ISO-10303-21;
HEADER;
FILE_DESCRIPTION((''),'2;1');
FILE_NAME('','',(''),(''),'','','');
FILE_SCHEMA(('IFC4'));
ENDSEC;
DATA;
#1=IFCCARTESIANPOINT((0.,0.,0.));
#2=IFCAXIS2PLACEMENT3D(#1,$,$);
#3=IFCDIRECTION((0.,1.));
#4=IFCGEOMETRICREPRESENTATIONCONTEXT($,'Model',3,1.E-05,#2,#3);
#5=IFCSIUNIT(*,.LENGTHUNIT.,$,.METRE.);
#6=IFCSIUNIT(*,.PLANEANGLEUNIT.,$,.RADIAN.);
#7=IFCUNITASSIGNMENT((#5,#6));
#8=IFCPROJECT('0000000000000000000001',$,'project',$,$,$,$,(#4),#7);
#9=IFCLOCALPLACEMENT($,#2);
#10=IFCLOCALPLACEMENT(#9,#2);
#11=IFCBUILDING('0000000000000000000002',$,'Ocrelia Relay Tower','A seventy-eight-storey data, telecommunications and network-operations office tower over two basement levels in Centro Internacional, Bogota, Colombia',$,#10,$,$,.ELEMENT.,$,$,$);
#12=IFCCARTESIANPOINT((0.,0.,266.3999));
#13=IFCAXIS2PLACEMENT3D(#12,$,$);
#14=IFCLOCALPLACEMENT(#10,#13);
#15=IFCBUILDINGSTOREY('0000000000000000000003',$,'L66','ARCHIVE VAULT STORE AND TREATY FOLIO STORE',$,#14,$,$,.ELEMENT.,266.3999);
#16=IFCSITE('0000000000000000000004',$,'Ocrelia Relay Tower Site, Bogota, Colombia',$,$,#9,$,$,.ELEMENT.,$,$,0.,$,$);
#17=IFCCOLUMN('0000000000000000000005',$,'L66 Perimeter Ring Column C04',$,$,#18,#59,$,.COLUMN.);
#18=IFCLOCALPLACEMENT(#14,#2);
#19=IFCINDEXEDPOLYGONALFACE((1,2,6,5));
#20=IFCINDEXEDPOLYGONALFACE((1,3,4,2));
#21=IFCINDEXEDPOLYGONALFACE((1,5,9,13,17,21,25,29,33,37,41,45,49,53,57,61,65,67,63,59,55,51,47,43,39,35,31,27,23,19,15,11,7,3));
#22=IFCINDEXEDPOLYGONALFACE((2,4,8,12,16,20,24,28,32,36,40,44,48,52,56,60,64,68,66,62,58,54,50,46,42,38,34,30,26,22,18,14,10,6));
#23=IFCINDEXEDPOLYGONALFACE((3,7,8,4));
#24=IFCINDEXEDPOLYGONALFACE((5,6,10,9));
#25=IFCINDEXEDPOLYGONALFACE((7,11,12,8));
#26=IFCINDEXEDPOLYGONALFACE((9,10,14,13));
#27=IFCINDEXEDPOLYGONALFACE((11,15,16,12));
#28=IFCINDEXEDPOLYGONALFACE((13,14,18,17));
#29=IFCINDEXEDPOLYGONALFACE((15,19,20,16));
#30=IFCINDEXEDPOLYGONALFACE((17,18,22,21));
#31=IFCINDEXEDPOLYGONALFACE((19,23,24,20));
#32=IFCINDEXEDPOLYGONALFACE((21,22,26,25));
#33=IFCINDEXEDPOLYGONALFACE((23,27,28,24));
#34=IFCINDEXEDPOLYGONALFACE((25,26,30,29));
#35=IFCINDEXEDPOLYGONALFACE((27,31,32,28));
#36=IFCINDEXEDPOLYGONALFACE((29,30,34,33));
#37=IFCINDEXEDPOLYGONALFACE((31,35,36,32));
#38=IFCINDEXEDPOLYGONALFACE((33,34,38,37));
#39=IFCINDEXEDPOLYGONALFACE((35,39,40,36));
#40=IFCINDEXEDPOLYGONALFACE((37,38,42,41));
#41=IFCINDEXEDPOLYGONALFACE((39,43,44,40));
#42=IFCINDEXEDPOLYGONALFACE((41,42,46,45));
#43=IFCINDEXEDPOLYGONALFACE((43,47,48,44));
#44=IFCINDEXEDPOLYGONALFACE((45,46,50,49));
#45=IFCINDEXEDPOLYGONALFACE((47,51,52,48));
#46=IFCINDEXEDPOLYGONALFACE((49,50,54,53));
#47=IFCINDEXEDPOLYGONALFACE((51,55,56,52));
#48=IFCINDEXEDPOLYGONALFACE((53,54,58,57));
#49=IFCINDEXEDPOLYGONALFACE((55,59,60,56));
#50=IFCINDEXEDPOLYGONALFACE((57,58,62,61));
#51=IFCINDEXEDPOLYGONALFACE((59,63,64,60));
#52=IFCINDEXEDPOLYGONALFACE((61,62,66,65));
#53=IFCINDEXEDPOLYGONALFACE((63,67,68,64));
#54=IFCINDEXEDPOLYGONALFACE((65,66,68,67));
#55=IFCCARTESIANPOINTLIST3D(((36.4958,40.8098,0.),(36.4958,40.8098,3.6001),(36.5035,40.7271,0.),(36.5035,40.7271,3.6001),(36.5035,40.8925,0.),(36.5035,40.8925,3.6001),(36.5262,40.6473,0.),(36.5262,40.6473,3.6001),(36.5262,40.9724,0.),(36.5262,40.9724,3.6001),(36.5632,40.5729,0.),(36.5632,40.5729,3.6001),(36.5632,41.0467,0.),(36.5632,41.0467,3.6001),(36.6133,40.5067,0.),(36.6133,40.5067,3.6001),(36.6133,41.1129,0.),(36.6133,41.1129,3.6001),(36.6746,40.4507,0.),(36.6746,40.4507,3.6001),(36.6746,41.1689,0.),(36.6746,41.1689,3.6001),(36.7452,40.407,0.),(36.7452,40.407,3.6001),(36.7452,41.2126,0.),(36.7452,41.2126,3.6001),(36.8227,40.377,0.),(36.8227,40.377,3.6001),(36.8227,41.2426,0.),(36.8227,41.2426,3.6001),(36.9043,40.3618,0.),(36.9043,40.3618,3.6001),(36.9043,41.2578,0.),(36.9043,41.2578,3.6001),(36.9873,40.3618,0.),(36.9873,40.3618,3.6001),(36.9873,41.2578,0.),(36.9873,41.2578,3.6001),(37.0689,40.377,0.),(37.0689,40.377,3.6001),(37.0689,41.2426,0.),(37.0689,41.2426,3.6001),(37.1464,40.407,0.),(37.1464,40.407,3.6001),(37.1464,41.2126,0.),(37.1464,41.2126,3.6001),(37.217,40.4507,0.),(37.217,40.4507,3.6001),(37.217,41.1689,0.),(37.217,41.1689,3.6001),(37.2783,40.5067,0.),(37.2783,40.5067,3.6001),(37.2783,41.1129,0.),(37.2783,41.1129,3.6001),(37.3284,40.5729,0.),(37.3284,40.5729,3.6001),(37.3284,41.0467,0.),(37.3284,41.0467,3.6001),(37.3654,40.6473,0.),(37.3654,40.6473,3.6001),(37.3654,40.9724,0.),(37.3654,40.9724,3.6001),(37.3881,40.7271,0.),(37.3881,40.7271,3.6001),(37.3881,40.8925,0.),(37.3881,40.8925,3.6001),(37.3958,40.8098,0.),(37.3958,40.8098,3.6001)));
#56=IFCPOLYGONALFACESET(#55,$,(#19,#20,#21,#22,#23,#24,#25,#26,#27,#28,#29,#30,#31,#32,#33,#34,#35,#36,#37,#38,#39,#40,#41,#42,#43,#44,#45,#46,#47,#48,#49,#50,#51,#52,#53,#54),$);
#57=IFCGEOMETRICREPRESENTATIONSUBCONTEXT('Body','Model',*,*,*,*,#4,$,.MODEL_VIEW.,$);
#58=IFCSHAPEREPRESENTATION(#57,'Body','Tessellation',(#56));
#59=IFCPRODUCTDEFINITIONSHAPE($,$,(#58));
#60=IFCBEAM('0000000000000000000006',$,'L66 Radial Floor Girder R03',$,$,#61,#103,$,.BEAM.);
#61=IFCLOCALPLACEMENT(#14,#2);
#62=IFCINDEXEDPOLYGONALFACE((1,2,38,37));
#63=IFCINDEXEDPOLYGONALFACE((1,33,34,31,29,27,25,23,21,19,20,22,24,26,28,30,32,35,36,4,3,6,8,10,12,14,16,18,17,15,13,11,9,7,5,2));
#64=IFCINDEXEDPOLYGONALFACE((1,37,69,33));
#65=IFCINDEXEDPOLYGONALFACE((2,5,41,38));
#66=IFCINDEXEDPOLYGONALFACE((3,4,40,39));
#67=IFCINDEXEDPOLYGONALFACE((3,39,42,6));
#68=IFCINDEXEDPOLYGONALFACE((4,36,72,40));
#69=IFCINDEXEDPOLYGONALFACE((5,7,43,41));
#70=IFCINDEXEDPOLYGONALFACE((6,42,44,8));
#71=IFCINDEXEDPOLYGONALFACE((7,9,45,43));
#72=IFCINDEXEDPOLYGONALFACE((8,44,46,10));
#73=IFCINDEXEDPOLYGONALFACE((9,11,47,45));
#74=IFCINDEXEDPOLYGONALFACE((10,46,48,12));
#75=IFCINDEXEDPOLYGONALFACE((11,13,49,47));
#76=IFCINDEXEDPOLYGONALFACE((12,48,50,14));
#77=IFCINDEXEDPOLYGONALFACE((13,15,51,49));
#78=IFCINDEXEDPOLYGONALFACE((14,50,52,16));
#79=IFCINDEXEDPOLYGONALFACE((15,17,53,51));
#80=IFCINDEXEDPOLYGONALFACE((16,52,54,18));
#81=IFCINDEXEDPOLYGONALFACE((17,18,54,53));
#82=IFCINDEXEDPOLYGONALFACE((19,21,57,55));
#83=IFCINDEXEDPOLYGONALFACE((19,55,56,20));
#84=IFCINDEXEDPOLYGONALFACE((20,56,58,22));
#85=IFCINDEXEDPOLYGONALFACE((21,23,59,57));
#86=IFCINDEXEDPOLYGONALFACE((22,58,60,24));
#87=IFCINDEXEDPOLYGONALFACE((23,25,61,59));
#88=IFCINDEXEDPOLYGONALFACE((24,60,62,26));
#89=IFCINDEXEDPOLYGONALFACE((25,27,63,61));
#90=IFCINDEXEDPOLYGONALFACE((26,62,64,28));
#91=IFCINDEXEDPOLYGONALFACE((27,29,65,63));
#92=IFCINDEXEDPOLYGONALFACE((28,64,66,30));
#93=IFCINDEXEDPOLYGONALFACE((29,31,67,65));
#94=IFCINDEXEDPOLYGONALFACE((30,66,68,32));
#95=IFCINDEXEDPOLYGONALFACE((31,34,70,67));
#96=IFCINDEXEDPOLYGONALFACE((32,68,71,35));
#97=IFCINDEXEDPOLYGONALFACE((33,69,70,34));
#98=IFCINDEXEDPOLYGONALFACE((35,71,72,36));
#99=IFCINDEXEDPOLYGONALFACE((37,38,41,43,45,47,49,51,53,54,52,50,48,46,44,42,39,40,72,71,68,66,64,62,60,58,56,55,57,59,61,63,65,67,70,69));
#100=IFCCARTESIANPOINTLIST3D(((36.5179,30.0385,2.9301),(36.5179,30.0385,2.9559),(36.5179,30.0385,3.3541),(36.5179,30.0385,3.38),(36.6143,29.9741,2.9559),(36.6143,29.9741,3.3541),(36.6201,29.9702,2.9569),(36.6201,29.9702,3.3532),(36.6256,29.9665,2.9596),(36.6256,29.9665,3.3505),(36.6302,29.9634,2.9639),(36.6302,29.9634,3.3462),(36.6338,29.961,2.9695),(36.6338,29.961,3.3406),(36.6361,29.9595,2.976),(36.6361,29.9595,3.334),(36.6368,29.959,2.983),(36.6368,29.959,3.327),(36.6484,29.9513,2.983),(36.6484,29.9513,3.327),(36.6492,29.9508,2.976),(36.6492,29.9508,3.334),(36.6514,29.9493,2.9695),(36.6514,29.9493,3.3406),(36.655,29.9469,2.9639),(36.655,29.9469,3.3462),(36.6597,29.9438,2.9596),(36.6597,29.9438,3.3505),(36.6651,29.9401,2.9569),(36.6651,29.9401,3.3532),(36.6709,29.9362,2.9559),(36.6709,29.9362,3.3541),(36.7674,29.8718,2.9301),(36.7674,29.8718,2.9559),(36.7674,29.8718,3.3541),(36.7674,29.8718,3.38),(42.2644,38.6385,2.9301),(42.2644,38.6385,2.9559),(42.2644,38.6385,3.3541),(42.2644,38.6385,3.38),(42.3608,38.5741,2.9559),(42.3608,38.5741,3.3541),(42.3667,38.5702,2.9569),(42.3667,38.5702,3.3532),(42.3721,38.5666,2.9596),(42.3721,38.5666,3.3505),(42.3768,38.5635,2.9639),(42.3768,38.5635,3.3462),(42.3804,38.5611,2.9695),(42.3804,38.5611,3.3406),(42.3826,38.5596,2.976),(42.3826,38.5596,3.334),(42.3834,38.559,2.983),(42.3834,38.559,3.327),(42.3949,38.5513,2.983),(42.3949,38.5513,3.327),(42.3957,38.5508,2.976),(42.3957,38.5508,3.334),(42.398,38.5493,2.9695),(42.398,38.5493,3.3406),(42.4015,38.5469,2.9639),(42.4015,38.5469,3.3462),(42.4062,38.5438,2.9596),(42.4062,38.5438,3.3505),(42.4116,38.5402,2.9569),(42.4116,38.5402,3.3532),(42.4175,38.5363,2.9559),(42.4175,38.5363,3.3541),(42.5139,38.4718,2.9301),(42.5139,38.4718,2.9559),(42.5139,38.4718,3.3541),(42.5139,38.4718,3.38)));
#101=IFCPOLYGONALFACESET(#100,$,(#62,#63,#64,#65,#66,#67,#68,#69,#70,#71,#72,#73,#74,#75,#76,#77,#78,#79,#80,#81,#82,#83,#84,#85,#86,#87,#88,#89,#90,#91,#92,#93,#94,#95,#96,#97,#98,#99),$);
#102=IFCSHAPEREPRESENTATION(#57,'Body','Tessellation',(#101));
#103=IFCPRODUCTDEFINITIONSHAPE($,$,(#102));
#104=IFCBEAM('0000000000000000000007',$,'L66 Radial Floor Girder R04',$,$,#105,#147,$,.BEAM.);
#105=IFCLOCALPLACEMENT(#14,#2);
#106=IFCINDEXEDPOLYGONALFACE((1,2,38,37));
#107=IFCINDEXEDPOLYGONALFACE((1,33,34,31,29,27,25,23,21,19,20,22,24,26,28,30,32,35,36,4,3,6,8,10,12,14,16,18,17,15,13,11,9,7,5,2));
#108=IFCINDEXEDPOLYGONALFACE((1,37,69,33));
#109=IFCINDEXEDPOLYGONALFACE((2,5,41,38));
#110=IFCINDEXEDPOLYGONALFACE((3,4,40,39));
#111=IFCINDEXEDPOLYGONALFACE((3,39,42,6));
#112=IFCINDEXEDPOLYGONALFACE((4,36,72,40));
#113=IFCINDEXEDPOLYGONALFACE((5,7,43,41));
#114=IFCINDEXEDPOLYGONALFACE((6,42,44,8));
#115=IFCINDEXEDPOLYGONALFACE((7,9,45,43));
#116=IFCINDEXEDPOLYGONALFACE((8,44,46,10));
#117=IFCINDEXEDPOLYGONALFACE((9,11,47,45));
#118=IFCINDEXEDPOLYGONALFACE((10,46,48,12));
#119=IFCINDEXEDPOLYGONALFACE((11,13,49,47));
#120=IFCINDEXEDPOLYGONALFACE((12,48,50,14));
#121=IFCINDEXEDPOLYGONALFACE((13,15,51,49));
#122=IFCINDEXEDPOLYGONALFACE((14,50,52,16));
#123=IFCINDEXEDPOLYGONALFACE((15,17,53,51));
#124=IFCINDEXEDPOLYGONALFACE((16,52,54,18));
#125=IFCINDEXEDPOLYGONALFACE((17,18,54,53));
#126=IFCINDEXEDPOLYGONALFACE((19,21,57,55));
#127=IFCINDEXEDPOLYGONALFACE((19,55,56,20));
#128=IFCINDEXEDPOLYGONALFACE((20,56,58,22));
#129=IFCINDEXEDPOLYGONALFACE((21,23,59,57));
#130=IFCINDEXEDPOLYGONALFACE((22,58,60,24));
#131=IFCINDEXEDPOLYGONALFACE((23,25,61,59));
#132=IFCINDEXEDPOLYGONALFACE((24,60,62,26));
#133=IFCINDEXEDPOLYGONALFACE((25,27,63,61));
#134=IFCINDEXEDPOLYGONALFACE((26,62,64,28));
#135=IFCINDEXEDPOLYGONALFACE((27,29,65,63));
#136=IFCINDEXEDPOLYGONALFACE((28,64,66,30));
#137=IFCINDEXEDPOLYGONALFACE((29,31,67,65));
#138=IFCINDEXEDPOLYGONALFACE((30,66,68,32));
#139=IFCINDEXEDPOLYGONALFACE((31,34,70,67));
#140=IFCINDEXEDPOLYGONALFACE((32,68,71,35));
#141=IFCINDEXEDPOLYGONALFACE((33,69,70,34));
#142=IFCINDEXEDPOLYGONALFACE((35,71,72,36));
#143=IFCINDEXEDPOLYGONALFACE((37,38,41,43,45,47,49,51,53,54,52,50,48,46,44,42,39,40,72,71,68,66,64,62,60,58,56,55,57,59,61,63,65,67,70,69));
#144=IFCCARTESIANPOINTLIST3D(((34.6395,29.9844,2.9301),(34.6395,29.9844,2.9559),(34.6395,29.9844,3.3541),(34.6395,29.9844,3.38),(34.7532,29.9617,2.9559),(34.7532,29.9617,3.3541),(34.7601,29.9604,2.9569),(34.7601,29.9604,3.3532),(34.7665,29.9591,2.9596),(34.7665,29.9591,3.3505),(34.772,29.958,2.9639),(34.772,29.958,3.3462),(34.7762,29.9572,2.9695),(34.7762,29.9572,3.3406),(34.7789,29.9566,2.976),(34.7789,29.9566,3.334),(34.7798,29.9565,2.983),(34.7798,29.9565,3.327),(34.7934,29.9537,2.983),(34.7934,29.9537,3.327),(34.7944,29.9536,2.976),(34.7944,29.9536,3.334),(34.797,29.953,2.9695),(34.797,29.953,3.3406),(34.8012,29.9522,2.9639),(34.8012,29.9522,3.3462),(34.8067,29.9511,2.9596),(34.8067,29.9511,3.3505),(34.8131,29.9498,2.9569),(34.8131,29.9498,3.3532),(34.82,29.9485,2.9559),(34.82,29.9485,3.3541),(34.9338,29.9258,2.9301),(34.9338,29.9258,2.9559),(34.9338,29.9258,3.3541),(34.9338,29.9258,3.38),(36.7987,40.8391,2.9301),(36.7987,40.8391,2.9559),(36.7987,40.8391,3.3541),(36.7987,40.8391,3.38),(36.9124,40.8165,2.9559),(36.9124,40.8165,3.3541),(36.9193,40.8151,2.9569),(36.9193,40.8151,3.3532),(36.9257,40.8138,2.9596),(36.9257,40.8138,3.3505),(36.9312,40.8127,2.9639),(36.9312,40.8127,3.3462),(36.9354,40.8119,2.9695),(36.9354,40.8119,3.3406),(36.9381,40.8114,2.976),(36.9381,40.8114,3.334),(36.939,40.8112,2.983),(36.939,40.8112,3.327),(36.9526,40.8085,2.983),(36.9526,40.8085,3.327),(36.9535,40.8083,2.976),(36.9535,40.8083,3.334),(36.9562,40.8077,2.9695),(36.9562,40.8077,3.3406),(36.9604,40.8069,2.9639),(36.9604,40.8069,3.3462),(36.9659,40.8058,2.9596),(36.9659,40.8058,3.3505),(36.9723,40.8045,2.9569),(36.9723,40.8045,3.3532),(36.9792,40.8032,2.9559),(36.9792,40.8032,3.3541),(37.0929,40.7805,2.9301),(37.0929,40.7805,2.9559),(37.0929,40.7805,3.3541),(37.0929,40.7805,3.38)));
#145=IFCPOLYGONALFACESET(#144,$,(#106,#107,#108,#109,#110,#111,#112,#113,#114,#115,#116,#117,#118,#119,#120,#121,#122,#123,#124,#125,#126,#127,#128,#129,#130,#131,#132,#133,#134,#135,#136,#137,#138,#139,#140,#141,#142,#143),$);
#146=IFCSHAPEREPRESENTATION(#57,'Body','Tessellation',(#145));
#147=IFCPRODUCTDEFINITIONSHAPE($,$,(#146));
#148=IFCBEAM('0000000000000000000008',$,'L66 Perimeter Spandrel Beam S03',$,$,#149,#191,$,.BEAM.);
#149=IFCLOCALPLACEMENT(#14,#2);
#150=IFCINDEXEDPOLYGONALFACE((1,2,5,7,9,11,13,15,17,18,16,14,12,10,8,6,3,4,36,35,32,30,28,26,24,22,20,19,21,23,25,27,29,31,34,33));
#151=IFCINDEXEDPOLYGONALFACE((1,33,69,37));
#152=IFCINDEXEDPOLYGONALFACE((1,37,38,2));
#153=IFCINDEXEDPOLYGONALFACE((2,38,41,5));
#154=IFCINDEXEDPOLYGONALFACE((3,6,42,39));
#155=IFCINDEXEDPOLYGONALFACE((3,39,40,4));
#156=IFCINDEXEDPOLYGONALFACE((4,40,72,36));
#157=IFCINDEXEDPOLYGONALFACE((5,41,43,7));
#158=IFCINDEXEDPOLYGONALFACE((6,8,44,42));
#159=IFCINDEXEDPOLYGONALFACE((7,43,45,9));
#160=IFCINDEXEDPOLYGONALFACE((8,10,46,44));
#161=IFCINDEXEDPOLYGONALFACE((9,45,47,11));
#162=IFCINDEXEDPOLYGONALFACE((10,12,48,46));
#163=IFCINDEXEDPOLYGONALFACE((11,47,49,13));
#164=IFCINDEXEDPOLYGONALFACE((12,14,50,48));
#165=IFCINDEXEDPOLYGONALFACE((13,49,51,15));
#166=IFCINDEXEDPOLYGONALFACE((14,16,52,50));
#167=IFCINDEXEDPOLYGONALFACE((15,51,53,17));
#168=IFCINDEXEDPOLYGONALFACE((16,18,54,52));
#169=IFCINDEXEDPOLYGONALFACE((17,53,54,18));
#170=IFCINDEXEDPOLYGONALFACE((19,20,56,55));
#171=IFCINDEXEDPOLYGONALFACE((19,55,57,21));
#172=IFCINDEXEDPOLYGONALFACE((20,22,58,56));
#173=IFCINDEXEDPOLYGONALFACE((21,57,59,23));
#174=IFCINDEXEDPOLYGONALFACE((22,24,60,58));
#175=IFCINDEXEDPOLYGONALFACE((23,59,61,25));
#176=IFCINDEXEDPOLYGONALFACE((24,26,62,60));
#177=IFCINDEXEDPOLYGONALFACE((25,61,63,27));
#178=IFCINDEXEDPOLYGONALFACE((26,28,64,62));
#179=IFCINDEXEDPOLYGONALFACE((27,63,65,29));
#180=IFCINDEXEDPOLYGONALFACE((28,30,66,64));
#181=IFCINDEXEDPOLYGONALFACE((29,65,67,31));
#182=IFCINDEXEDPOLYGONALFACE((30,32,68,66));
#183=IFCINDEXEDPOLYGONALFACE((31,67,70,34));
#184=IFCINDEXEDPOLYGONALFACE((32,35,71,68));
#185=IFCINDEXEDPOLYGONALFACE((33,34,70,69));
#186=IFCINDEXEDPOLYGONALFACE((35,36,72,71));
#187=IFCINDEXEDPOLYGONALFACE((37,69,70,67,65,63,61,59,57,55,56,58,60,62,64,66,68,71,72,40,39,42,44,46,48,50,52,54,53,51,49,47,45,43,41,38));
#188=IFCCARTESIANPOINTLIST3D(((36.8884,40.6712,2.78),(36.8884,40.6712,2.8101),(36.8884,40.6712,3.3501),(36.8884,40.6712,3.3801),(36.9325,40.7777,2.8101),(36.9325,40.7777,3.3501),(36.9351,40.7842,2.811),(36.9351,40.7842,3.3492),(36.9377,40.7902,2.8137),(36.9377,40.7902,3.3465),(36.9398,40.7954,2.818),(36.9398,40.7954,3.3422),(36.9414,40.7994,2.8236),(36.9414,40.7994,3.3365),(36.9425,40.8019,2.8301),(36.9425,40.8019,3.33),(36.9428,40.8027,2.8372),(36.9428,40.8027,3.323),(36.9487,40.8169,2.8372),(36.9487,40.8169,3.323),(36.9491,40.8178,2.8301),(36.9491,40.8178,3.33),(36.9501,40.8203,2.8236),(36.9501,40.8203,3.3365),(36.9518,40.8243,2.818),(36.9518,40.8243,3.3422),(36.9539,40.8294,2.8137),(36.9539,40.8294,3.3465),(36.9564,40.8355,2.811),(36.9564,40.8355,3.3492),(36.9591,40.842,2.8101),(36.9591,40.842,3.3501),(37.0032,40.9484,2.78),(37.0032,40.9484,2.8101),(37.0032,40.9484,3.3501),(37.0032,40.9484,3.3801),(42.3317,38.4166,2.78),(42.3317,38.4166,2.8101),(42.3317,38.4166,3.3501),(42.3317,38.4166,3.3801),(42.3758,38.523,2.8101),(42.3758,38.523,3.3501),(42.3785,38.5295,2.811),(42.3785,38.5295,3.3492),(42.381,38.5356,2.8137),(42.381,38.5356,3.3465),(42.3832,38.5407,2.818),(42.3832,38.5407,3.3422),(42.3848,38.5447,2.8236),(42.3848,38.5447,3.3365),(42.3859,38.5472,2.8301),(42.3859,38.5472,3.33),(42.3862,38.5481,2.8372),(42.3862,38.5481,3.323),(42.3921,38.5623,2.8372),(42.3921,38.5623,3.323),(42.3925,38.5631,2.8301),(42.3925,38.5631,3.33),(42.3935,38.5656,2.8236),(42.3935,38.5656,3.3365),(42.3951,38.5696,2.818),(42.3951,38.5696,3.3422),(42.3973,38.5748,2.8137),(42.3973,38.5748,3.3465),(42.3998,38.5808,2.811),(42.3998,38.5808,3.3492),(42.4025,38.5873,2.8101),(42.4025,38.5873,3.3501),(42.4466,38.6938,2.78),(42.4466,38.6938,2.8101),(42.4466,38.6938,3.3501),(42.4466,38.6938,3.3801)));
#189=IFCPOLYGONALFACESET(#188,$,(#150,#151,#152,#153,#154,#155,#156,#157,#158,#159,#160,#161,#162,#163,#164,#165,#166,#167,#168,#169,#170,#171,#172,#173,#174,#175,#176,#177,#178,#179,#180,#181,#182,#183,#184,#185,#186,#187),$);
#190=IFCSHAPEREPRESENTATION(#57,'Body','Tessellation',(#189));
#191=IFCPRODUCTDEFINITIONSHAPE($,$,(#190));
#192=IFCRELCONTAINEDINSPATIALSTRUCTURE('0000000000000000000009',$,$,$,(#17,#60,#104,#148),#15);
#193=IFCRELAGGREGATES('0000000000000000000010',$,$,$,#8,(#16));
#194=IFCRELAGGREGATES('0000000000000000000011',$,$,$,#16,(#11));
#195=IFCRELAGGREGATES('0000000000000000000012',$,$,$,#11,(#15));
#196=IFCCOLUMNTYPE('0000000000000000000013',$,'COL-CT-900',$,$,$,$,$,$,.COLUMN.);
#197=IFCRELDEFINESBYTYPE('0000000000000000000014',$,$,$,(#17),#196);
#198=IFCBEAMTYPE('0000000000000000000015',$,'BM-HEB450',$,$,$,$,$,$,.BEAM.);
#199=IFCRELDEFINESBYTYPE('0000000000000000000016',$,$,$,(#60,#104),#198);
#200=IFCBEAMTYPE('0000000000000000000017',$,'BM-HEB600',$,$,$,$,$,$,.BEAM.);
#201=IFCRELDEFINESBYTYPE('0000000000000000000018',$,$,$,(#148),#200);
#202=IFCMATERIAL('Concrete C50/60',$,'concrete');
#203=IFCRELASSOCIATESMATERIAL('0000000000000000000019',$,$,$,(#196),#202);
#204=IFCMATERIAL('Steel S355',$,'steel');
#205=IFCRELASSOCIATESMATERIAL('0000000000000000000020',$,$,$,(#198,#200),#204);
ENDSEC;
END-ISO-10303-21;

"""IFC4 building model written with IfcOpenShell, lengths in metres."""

from ifc_helpers import new_model, si_unit, direction, frame, origin, origin_2d, place, context, subcontext, project, spatial, circle, i_section, extrude, material, material_profile, profile_set, type_object, element, save


model = new_model("IFC4")

# Units and contexts
model_context = context("Model", 3, precision=1e-05, world=origin(), true_north=direction((0.0, 1.0)))
body_context = subcontext(model_context, "Body", "Model", "MODEL_VIEW")
ifc_project = project(units=[si_unit("LENGTHUNIT", "METRE"), si_unit("PLANEANGLEUNIT", "RADIAN")], contexts=[model_context])

# Site, building, storey
site_placement = place(None, origin())
site = spatial("IfcSite", under=ifc_project, at=site_placement, Name="Ocrelia Relay Tower Site, Bogota, Colombia", CompositionType="ELEMENT", RefElevation=0.0)
building_placement = place(site_placement, origin())
building = spatial("IfcBuilding", under=site, at=building_placement, Name="Ocrelia Relay Tower", Description="A seventy-eight-storey data, telecommunications and network-operations office tower over two basement levels in Centro Internacional, Bogota, Colombia", CompositionType="ELEMENT")
storey_placement = place(building_placement, frame((0.0, 0.0, 266.3999)))
storey = spatial("IfcBuildingStorey", under=building, at=storey_placement, Name="L66", Description="ARCHIVE VAULT STORE AND TREATY FOLIO STORE", CompositionType="ELEMENT", Elevation=266.3999)

# Column
ifc_material_1 = material(Name="Concrete C50/60", Category="concrete")
ifc_material_profile_1 = material_profile(ifc_material_1, circle(Radius=0.45, at=origin_2d()), Name="RC-CIR-900")
ifc_profile_set_1 = profile_set([ifc_material_profile_1], Name="Concrete C50/60")
column_type = type_object("IfcColumnType", Name="COL-CT-900", PredefinedType="COLUMN", material=ifc_profile_set_1)
column_placement = place(storey_placement, frame((36.9458, 40.8098, 0.0), z_axis=(0.0, 0.0, 1.0), x_axis=(1.0, 0.0, 0.0)))
element("IfcColumn", 1, at=column_placement, inside=storey, type_object=column_type, Name="L66 Perimeter Ring Column C04", PredefinedType="COLUMN", context=body_context, shape_type="SweptSolid", body=[
    extrude(circle(Radius=0.45, at=origin_2d()), origin(), (0.0, 0.0, 1.0), 3.6001),
])

# Beams
ifc_material_2 = material(Name="Steel S355", Category="steel")
ifc_material_profile_2 = material_profile(ifc_material_2, i_section(OverallWidth=0.3, OverallDepth=0.45, WebThickness=0.0139, FlangeThickness=0.0259, FilletRadius=0.0271, at=origin_2d()), Name="HEB 450")
ifc_profile_set_2 = profile_set([ifc_material_profile_2], Name="Steel S355")
beam_type_1 = type_object("IfcBeamType", Name="BM-HEB450", PredefinedType="BEAM", material=ifc_profile_set_2)
beam_1_placement = place(storey_placement, frame((42.3892, 38.5552, 3.155), z_axis=(-0.555582, -0.831462, 0.0), x_axis=(0.831462, -0.555582, 0.0)))
element("IfcBeam", 2, at=beam_1_placement, inside=storey, type_object=beam_type_1, Name="L66 Radial Floor Girder R03", PredefinedType="BEAM", context=body_context, shape_type="SweptSolid", body=[
    extrude(i_section(OverallWidth=0.3, OverallDepth=0.45, WebThickness=0.0139, FlangeThickness=0.0259, FilletRadius=0.0271, at=origin_2d()), origin(), (0.0, 0.0, 1.0), 10.3433),
])
beam_2_placement = place(storey_placement, frame((36.9458, 40.8098, 3.155), z_axis=(-0.195094, -0.980785, 0.0), x_axis=(0.980785, -0.195094, 0.0)))
element("IfcBeam", 3, at=beam_2_placement, inside=storey, type_object=beam_type_1, Name="L66 Radial Floor Girder R04", PredefinedType="BEAM", context=body_context, shape_type="SweptSolid", body=[
    extrude(i_section(OverallWidth=0.3, OverallDepth=0.45, WebThickness=0.0139, FlangeThickness=0.0259, FilletRadius=0.0271, at=origin_2d()), origin(), (0.0, 0.0, 1.0), 11.0674),
])
ifc_material_profile_3 = material_profile(ifc_material_2, i_section(OverallWidth=0.3, OverallDepth=0.6001, WebThickness=0.0154, FlangeThickness=0.03, FilletRadius=0.0271, at=origin_2d()), Name="HEB 600")
ifc_profile_set_3 = profile_set([ifc_material_profile_3], Name="Steel S355")
beam_type_2 = type_object("IfcBeamType", Name="BM-HEB600", PredefinedType="BEAM", material=ifc_profile_set_3)
beam_3_placement = place(storey_placement, frame((42.3892, 38.5552, 3.0801), z_axis=(-0.923884, 0.382673, 0.0), x_axis=(-0.382673, -0.923884, 0.0)))
element("IfcBeam", 4, at=beam_3_placement, inside=storey, type_object=beam_type_2, Name="L66 Perimeter Spandrel Beam S03", PredefinedType="BEAM", context=body_context, shape_type="SweptSolid", body=[
    extrude(i_section(OverallWidth=0.3, OverallDepth=0.6001, WebThickness=0.0154, FlangeThickness=0.03, FilletRadius=0.0271, at=origin_2d()), origin(), (0.0, 0.0, 1.0), 5.8918),
])

save(model, "model.ifc")
